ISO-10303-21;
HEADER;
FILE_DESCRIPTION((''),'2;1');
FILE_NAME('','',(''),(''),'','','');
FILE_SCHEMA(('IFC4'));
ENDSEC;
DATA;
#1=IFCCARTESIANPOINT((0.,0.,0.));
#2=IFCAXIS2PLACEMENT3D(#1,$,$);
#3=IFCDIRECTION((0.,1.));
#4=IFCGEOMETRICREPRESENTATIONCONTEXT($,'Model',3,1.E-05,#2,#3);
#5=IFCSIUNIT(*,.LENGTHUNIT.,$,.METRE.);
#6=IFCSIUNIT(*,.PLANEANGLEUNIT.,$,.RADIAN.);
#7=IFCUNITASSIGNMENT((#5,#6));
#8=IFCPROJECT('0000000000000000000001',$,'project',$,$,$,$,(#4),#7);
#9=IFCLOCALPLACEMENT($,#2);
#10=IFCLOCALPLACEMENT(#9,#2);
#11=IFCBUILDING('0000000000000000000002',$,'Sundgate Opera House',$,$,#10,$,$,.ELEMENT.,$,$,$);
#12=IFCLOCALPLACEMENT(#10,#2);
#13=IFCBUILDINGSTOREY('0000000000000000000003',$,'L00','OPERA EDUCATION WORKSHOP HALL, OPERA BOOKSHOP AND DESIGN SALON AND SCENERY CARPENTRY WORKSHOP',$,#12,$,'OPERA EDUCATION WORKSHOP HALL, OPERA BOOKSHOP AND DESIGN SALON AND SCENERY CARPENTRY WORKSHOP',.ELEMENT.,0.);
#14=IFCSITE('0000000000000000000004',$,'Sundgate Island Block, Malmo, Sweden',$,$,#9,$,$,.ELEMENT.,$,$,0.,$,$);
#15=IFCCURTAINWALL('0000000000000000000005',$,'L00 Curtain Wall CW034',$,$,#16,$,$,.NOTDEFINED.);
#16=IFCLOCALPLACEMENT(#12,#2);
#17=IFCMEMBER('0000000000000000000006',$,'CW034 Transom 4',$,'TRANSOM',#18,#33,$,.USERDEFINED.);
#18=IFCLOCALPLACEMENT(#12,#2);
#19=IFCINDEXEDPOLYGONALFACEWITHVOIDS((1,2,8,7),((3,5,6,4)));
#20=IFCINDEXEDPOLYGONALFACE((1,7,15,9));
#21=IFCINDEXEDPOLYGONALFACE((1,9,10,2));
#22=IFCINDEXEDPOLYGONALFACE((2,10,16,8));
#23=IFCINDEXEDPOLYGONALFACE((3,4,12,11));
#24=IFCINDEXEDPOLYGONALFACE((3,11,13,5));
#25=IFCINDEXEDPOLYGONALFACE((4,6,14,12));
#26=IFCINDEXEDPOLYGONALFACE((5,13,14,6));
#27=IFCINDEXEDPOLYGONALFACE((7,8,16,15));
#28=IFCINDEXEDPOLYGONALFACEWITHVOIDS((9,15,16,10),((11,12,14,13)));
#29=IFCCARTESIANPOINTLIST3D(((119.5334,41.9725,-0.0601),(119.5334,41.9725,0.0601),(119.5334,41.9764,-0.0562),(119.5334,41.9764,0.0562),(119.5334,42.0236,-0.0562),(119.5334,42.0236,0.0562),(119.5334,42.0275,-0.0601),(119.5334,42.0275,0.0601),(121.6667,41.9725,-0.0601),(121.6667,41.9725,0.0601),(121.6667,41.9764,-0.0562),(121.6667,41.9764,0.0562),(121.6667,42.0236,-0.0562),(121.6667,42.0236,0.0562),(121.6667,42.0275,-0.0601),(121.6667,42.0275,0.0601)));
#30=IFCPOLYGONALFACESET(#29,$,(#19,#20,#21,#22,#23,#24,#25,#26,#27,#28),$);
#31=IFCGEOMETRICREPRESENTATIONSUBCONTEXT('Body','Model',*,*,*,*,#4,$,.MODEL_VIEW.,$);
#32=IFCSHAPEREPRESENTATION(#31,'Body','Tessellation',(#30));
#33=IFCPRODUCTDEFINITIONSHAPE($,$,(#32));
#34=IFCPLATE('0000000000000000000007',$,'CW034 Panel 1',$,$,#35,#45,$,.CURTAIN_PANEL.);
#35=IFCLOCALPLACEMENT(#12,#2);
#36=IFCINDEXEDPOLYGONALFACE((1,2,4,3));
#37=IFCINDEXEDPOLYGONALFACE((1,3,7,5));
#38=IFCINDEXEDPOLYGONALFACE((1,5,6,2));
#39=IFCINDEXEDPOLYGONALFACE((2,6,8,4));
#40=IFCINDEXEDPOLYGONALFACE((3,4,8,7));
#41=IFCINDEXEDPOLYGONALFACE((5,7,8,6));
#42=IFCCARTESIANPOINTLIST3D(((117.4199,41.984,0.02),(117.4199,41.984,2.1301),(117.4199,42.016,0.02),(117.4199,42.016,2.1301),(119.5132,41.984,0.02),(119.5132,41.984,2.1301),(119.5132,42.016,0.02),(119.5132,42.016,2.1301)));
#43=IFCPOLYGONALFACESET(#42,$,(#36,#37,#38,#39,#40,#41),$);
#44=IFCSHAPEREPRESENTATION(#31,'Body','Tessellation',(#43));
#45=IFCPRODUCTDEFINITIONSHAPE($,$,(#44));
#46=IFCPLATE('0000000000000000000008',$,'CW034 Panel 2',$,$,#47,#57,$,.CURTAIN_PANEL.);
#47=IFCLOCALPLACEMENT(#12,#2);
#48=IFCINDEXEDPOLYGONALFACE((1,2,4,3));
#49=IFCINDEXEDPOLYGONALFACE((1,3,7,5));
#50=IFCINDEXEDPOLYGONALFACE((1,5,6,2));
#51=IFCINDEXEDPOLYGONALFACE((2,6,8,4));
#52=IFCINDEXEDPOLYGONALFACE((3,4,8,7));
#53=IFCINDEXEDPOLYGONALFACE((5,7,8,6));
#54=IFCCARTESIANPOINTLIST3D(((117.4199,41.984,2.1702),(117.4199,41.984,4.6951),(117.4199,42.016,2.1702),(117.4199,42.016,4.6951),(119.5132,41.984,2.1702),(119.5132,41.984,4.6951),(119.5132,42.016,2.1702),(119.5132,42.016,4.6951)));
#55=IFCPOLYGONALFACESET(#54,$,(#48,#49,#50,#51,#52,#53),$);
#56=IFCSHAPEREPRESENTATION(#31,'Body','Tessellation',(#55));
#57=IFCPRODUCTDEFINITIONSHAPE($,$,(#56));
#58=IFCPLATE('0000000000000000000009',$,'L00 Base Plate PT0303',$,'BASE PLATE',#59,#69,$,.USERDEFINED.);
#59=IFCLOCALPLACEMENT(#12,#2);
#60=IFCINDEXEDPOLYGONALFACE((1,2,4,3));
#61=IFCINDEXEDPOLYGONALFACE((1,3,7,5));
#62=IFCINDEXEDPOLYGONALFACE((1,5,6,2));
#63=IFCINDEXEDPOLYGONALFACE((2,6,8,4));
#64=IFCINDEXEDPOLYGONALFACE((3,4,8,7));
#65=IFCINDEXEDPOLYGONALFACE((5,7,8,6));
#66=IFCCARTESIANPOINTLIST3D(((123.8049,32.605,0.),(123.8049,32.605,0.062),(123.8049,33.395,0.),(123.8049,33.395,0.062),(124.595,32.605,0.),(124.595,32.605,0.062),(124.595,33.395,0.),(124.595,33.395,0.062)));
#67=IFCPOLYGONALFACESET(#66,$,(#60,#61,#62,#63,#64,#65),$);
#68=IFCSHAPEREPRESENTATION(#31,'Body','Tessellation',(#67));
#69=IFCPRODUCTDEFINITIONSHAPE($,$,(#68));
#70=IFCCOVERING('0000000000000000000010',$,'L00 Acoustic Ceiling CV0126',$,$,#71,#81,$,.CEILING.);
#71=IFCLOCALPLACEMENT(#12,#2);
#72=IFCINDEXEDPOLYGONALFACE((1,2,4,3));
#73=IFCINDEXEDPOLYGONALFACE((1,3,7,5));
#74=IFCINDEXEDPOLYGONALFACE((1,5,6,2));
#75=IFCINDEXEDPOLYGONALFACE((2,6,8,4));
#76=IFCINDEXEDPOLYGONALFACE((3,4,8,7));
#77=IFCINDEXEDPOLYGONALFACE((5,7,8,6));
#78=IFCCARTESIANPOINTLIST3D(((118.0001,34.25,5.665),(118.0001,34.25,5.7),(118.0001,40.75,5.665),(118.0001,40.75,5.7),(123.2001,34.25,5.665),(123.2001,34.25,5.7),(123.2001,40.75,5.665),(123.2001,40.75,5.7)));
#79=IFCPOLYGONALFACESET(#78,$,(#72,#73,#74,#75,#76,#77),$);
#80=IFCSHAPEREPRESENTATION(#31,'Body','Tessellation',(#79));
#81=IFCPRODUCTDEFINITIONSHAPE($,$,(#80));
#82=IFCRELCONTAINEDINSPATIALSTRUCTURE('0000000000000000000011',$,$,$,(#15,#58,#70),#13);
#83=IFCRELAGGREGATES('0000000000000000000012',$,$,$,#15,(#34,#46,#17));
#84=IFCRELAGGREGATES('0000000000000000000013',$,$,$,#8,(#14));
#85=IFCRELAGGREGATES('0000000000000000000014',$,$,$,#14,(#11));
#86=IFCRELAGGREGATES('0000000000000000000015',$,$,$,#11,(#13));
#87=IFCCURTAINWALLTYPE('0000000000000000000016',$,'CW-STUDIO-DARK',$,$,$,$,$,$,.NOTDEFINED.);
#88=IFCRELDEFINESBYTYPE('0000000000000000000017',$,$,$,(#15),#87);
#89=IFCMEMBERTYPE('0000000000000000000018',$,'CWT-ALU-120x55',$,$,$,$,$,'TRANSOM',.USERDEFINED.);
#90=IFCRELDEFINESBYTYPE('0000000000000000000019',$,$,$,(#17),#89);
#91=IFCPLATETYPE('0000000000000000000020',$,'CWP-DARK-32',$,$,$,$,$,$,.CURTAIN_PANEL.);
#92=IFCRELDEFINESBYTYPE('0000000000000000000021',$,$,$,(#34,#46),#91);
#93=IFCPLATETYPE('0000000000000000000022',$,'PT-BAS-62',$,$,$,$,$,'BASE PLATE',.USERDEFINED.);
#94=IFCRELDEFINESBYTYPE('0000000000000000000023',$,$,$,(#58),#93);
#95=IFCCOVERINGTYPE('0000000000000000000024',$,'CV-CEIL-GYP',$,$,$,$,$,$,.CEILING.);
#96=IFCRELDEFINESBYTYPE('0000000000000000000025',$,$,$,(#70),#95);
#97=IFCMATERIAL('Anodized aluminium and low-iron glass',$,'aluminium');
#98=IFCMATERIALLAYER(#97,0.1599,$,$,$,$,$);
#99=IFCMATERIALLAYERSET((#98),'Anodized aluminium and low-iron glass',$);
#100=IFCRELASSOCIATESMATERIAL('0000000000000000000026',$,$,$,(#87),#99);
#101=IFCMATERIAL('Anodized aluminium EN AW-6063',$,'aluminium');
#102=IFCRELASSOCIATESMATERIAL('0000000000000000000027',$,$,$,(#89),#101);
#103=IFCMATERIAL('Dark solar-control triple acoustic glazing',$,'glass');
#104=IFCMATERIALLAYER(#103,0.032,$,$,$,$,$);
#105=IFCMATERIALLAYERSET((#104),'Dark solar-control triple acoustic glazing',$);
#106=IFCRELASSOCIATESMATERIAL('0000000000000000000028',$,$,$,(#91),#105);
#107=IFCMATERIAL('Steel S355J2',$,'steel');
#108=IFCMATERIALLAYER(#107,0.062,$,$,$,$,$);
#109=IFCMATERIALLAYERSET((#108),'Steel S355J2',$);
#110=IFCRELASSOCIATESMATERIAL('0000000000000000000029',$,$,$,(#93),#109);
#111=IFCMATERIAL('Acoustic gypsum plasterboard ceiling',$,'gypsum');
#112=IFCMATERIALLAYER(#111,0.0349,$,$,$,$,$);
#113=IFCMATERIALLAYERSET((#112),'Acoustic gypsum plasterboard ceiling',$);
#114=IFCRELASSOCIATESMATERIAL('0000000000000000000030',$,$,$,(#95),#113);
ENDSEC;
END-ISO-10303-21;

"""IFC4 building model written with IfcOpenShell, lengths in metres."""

from ifc_helpers import new_model, si_unit, direction, frame, origin, origin_2d, place, context, subcontext, project, spatial, rectangle, hollow_rectangle, extrude, material, layer, layer_set, material_profile, profile_set, type_object, element, aggregate, save


model = new_model("IFC4")

# Units and contexts
model_context = context("Model", 3, precision=1e-05, world=origin(), true_north=direction((0.0, 1.0)))
body_context = subcontext(model_context, "Body", "Model", "MODEL_VIEW")
ifc_project = project(units=[si_unit("LENGTHUNIT", "METRE"), si_unit("PLANEANGLEUNIT", "RADIAN")], contexts=[model_context])

# Site, building, storey
site_placement = place(None, origin())
site = spatial("IfcSite", under=ifc_project, at=site_placement, Name="Sundgate Island Block, Malmo, Sweden", CompositionType="ELEMENT", RefElevation=0.0)
building_placement = place(site_placement, origin())
building = spatial("IfcBuilding", under=site, at=building_placement, Name="Sundgate Opera House", CompositionType="ELEMENT")
storey_placement = place(building_placement, origin())
storey = spatial("IfcBuildingStorey", under=building, at=storey_placement, Name="L00", Description="OPERA EDUCATION WORKSHOP HALL, OPERA BOOKSHOP AND DESIGN SALON AND SCENERY CARPENTRY WORKSHOP", LongName="OPERA EDUCATION WORKSHOP HALL, OPERA BOOKSHOP AND DESIGN SALON AND SCENERY CARPENTRY WORKSHOP", CompositionType="ELEMENT", Elevation=0.0)

# Curtain wall, member, plates
ifc_material_1 = material(Name="Anodized aluminium and low-iron glass", Category="aluminium")
ifc_layer_1 = layer(ifc_material_1, 0.1599)
ifc_layer_set_1 = layer_set([ifc_layer_1], Name="Anodized aluminium and low-iron glass")
curtain_wall_type = type_object("IfcCurtainWallType", Name="CW-STUDIO-DARK", PredefinedType="NOTDEFINED", material=ifc_layer_set_1)
curtain_wall_placement = place(storey_placement, origin())
curtain_wall = element("IfcCurtainWall", 1, at=curtain_wall_placement, inside=storey, type_object=curtain_wall_type, Name="L00 Curtain Wall CW034", PredefinedType="NOTDEFINED")
ifc_material_2 = material(Name="Anodized aluminium EN AW-6063", Category="aluminium")
ifc_material_profile_1 = material_profile(ifc_material_2, hollow_rectangle(XDim=0.0549, YDim=0.1201, WallThickness=0.0039, at=origin_2d()), Name="CWT 120x55x4")
ifc_profile_set_1 = profile_set([ifc_material_profile_1], Name="Anodized aluminium EN AW-6063")
member_type_1 = type_object("IfcMemberType", Name="CWT-ALU-120x55", ElementType="TRANSOM", PredefinedType="USERDEFINED", material=ifc_profile_set_1)
member_1_placement = place(storey_placement, frame((119.5334, 42.0, 0.0), z_axis=(1.0, 0.0, 0.0), x_axis=(0.0, 1.0, 0.0)))
member_1 = element("IfcMember", 2, at=member_1_placement, type_object=member_type_1, Name="CW034 Transom 4", ObjectType="TRANSOM", PredefinedType="USERDEFINED", context=body_context, shape_type="SweptSolid", body=[
    extrude(hollow_rectangle(XDim=0.0549, YDim=0.1201, WallThickness=0.0039, at=origin_2d()), origin(), (0.0, 0.0, 1.0), 2.1333),
])
ifc_material_3 = material(Name="Dark solar-control triple acoustic glazing", Category="glass")
ifc_layer_2 = layer(ifc_material_3, 0.032)
ifc_layer_set_2 = layer_set([ifc_layer_2], Name="Dark solar-control triple acoustic glazing")
plate_type_1 = type_object("IfcPlateType", Name="CWP-DARK-32", PredefinedType="CURTAIN_PANEL", material=ifc_layer_set_2)
plate_1_placement = place(storey_placement, frame((118.4666, 42.0, 0.02), z_axis=(0.0, 0.0, 1.0), x_axis=(1.0, 0.0, 0.0)))
plate_1 = element("IfcPlate", 3, at=plate_1_placement, type_object=plate_type_1, Name="CW034 Panel 1", PredefinedType="CURTAIN_PANEL", context=body_context, shape_type="SweptSolid", body=[
    extrude(rectangle(XDim=2.0933, YDim=0.032, at=origin_2d()), origin(), (0.0, 0.0, 1.0), 2.1101),
])
plate_2_placement = place(storey_placement, frame((118.4666, 42.0, 2.1702), z_axis=(0.0, 0.0, 1.0), x_axis=(1.0, 0.0, 0.0)))
plate_2 = element("IfcPlate", 4, at=plate_2_placement, type_object=plate_type_1, Name="CW034 Panel 2", PredefinedType="CURTAIN_PANEL", context=body_context, shape_type="SweptSolid", body=[
    extrude(rectangle(XDim=2.0933, YDim=0.032, at=origin_2d()), origin(), (0.0, 0.0, 1.0), 2.5249),
])
aggregate(curtain_wall, [plate_1, plate_2, member_1])

# Plate
ifc_material_4 = material(Name="Steel S355J2", Category="steel")
ifc_layer_3 = layer(ifc_material_4, 0.062)
ifc_layer_set_3 = layer_set([ifc_layer_3], Name="Steel S355J2")
plate_type_2 = type_object("IfcPlateType", Name="PT-BAS-62", ElementType="BASE PLATE", PredefinedType="USERDEFINED", material=ifc_layer_set_3)
plate_3_placement = place(storey_placement, frame((124.2, 33.0, 0.0), z_axis=(0.0, 0.0, 1.0), x_axis=(1.0, 0.0, 0.0)))
element("IfcPlate", 5, at=plate_3_placement, inside=storey, type_object=plate_type_2, Name="L00 Base Plate PT0303", ObjectType="BASE PLATE", PredefinedType="USERDEFINED", context=body_context, shape_type="SweptSolid", body=[
    extrude(rectangle(XDim=0.79, YDim=0.79, at=origin_2d()), origin(), (0.0, 0.0, 1.0), 0.062),
])

# Covering
ifc_material_5 = material(Name="Acoustic gypsum plasterboard ceiling", Category="gypsum")
ifc_layer_4 = layer(ifc_material_5, 0.0349)
ifc_layer_set_4 = layer_set([ifc_layer_4], Name="Acoustic gypsum plasterboard ceiling")
covering_type = type_object("IfcCoveringType", Name="CV-CEIL-GYP", PredefinedType="CEILING", material=ifc_layer_set_4)
covering_placement = place(storey_placement, frame((120.6001, 37.5, 5.665), z_axis=(0.0, 0.0, 1.0), x_axis=(1.0, 0.0, 0.0)))
element("IfcCovering", 6, at=covering_placement, inside=storey, type_object=covering_type, Name="L00 Acoustic Ceiling CV0126", PredefinedType="CEILING", context=body_context, shape_type="SweptSolid", body=[
    extrude(rectangle(XDim=5.2, YDim=6.5, at=origin_2d()), origin(), (0.0, 0.0, 1.0), 0.0349),
])

save(model, "model.ifc")
